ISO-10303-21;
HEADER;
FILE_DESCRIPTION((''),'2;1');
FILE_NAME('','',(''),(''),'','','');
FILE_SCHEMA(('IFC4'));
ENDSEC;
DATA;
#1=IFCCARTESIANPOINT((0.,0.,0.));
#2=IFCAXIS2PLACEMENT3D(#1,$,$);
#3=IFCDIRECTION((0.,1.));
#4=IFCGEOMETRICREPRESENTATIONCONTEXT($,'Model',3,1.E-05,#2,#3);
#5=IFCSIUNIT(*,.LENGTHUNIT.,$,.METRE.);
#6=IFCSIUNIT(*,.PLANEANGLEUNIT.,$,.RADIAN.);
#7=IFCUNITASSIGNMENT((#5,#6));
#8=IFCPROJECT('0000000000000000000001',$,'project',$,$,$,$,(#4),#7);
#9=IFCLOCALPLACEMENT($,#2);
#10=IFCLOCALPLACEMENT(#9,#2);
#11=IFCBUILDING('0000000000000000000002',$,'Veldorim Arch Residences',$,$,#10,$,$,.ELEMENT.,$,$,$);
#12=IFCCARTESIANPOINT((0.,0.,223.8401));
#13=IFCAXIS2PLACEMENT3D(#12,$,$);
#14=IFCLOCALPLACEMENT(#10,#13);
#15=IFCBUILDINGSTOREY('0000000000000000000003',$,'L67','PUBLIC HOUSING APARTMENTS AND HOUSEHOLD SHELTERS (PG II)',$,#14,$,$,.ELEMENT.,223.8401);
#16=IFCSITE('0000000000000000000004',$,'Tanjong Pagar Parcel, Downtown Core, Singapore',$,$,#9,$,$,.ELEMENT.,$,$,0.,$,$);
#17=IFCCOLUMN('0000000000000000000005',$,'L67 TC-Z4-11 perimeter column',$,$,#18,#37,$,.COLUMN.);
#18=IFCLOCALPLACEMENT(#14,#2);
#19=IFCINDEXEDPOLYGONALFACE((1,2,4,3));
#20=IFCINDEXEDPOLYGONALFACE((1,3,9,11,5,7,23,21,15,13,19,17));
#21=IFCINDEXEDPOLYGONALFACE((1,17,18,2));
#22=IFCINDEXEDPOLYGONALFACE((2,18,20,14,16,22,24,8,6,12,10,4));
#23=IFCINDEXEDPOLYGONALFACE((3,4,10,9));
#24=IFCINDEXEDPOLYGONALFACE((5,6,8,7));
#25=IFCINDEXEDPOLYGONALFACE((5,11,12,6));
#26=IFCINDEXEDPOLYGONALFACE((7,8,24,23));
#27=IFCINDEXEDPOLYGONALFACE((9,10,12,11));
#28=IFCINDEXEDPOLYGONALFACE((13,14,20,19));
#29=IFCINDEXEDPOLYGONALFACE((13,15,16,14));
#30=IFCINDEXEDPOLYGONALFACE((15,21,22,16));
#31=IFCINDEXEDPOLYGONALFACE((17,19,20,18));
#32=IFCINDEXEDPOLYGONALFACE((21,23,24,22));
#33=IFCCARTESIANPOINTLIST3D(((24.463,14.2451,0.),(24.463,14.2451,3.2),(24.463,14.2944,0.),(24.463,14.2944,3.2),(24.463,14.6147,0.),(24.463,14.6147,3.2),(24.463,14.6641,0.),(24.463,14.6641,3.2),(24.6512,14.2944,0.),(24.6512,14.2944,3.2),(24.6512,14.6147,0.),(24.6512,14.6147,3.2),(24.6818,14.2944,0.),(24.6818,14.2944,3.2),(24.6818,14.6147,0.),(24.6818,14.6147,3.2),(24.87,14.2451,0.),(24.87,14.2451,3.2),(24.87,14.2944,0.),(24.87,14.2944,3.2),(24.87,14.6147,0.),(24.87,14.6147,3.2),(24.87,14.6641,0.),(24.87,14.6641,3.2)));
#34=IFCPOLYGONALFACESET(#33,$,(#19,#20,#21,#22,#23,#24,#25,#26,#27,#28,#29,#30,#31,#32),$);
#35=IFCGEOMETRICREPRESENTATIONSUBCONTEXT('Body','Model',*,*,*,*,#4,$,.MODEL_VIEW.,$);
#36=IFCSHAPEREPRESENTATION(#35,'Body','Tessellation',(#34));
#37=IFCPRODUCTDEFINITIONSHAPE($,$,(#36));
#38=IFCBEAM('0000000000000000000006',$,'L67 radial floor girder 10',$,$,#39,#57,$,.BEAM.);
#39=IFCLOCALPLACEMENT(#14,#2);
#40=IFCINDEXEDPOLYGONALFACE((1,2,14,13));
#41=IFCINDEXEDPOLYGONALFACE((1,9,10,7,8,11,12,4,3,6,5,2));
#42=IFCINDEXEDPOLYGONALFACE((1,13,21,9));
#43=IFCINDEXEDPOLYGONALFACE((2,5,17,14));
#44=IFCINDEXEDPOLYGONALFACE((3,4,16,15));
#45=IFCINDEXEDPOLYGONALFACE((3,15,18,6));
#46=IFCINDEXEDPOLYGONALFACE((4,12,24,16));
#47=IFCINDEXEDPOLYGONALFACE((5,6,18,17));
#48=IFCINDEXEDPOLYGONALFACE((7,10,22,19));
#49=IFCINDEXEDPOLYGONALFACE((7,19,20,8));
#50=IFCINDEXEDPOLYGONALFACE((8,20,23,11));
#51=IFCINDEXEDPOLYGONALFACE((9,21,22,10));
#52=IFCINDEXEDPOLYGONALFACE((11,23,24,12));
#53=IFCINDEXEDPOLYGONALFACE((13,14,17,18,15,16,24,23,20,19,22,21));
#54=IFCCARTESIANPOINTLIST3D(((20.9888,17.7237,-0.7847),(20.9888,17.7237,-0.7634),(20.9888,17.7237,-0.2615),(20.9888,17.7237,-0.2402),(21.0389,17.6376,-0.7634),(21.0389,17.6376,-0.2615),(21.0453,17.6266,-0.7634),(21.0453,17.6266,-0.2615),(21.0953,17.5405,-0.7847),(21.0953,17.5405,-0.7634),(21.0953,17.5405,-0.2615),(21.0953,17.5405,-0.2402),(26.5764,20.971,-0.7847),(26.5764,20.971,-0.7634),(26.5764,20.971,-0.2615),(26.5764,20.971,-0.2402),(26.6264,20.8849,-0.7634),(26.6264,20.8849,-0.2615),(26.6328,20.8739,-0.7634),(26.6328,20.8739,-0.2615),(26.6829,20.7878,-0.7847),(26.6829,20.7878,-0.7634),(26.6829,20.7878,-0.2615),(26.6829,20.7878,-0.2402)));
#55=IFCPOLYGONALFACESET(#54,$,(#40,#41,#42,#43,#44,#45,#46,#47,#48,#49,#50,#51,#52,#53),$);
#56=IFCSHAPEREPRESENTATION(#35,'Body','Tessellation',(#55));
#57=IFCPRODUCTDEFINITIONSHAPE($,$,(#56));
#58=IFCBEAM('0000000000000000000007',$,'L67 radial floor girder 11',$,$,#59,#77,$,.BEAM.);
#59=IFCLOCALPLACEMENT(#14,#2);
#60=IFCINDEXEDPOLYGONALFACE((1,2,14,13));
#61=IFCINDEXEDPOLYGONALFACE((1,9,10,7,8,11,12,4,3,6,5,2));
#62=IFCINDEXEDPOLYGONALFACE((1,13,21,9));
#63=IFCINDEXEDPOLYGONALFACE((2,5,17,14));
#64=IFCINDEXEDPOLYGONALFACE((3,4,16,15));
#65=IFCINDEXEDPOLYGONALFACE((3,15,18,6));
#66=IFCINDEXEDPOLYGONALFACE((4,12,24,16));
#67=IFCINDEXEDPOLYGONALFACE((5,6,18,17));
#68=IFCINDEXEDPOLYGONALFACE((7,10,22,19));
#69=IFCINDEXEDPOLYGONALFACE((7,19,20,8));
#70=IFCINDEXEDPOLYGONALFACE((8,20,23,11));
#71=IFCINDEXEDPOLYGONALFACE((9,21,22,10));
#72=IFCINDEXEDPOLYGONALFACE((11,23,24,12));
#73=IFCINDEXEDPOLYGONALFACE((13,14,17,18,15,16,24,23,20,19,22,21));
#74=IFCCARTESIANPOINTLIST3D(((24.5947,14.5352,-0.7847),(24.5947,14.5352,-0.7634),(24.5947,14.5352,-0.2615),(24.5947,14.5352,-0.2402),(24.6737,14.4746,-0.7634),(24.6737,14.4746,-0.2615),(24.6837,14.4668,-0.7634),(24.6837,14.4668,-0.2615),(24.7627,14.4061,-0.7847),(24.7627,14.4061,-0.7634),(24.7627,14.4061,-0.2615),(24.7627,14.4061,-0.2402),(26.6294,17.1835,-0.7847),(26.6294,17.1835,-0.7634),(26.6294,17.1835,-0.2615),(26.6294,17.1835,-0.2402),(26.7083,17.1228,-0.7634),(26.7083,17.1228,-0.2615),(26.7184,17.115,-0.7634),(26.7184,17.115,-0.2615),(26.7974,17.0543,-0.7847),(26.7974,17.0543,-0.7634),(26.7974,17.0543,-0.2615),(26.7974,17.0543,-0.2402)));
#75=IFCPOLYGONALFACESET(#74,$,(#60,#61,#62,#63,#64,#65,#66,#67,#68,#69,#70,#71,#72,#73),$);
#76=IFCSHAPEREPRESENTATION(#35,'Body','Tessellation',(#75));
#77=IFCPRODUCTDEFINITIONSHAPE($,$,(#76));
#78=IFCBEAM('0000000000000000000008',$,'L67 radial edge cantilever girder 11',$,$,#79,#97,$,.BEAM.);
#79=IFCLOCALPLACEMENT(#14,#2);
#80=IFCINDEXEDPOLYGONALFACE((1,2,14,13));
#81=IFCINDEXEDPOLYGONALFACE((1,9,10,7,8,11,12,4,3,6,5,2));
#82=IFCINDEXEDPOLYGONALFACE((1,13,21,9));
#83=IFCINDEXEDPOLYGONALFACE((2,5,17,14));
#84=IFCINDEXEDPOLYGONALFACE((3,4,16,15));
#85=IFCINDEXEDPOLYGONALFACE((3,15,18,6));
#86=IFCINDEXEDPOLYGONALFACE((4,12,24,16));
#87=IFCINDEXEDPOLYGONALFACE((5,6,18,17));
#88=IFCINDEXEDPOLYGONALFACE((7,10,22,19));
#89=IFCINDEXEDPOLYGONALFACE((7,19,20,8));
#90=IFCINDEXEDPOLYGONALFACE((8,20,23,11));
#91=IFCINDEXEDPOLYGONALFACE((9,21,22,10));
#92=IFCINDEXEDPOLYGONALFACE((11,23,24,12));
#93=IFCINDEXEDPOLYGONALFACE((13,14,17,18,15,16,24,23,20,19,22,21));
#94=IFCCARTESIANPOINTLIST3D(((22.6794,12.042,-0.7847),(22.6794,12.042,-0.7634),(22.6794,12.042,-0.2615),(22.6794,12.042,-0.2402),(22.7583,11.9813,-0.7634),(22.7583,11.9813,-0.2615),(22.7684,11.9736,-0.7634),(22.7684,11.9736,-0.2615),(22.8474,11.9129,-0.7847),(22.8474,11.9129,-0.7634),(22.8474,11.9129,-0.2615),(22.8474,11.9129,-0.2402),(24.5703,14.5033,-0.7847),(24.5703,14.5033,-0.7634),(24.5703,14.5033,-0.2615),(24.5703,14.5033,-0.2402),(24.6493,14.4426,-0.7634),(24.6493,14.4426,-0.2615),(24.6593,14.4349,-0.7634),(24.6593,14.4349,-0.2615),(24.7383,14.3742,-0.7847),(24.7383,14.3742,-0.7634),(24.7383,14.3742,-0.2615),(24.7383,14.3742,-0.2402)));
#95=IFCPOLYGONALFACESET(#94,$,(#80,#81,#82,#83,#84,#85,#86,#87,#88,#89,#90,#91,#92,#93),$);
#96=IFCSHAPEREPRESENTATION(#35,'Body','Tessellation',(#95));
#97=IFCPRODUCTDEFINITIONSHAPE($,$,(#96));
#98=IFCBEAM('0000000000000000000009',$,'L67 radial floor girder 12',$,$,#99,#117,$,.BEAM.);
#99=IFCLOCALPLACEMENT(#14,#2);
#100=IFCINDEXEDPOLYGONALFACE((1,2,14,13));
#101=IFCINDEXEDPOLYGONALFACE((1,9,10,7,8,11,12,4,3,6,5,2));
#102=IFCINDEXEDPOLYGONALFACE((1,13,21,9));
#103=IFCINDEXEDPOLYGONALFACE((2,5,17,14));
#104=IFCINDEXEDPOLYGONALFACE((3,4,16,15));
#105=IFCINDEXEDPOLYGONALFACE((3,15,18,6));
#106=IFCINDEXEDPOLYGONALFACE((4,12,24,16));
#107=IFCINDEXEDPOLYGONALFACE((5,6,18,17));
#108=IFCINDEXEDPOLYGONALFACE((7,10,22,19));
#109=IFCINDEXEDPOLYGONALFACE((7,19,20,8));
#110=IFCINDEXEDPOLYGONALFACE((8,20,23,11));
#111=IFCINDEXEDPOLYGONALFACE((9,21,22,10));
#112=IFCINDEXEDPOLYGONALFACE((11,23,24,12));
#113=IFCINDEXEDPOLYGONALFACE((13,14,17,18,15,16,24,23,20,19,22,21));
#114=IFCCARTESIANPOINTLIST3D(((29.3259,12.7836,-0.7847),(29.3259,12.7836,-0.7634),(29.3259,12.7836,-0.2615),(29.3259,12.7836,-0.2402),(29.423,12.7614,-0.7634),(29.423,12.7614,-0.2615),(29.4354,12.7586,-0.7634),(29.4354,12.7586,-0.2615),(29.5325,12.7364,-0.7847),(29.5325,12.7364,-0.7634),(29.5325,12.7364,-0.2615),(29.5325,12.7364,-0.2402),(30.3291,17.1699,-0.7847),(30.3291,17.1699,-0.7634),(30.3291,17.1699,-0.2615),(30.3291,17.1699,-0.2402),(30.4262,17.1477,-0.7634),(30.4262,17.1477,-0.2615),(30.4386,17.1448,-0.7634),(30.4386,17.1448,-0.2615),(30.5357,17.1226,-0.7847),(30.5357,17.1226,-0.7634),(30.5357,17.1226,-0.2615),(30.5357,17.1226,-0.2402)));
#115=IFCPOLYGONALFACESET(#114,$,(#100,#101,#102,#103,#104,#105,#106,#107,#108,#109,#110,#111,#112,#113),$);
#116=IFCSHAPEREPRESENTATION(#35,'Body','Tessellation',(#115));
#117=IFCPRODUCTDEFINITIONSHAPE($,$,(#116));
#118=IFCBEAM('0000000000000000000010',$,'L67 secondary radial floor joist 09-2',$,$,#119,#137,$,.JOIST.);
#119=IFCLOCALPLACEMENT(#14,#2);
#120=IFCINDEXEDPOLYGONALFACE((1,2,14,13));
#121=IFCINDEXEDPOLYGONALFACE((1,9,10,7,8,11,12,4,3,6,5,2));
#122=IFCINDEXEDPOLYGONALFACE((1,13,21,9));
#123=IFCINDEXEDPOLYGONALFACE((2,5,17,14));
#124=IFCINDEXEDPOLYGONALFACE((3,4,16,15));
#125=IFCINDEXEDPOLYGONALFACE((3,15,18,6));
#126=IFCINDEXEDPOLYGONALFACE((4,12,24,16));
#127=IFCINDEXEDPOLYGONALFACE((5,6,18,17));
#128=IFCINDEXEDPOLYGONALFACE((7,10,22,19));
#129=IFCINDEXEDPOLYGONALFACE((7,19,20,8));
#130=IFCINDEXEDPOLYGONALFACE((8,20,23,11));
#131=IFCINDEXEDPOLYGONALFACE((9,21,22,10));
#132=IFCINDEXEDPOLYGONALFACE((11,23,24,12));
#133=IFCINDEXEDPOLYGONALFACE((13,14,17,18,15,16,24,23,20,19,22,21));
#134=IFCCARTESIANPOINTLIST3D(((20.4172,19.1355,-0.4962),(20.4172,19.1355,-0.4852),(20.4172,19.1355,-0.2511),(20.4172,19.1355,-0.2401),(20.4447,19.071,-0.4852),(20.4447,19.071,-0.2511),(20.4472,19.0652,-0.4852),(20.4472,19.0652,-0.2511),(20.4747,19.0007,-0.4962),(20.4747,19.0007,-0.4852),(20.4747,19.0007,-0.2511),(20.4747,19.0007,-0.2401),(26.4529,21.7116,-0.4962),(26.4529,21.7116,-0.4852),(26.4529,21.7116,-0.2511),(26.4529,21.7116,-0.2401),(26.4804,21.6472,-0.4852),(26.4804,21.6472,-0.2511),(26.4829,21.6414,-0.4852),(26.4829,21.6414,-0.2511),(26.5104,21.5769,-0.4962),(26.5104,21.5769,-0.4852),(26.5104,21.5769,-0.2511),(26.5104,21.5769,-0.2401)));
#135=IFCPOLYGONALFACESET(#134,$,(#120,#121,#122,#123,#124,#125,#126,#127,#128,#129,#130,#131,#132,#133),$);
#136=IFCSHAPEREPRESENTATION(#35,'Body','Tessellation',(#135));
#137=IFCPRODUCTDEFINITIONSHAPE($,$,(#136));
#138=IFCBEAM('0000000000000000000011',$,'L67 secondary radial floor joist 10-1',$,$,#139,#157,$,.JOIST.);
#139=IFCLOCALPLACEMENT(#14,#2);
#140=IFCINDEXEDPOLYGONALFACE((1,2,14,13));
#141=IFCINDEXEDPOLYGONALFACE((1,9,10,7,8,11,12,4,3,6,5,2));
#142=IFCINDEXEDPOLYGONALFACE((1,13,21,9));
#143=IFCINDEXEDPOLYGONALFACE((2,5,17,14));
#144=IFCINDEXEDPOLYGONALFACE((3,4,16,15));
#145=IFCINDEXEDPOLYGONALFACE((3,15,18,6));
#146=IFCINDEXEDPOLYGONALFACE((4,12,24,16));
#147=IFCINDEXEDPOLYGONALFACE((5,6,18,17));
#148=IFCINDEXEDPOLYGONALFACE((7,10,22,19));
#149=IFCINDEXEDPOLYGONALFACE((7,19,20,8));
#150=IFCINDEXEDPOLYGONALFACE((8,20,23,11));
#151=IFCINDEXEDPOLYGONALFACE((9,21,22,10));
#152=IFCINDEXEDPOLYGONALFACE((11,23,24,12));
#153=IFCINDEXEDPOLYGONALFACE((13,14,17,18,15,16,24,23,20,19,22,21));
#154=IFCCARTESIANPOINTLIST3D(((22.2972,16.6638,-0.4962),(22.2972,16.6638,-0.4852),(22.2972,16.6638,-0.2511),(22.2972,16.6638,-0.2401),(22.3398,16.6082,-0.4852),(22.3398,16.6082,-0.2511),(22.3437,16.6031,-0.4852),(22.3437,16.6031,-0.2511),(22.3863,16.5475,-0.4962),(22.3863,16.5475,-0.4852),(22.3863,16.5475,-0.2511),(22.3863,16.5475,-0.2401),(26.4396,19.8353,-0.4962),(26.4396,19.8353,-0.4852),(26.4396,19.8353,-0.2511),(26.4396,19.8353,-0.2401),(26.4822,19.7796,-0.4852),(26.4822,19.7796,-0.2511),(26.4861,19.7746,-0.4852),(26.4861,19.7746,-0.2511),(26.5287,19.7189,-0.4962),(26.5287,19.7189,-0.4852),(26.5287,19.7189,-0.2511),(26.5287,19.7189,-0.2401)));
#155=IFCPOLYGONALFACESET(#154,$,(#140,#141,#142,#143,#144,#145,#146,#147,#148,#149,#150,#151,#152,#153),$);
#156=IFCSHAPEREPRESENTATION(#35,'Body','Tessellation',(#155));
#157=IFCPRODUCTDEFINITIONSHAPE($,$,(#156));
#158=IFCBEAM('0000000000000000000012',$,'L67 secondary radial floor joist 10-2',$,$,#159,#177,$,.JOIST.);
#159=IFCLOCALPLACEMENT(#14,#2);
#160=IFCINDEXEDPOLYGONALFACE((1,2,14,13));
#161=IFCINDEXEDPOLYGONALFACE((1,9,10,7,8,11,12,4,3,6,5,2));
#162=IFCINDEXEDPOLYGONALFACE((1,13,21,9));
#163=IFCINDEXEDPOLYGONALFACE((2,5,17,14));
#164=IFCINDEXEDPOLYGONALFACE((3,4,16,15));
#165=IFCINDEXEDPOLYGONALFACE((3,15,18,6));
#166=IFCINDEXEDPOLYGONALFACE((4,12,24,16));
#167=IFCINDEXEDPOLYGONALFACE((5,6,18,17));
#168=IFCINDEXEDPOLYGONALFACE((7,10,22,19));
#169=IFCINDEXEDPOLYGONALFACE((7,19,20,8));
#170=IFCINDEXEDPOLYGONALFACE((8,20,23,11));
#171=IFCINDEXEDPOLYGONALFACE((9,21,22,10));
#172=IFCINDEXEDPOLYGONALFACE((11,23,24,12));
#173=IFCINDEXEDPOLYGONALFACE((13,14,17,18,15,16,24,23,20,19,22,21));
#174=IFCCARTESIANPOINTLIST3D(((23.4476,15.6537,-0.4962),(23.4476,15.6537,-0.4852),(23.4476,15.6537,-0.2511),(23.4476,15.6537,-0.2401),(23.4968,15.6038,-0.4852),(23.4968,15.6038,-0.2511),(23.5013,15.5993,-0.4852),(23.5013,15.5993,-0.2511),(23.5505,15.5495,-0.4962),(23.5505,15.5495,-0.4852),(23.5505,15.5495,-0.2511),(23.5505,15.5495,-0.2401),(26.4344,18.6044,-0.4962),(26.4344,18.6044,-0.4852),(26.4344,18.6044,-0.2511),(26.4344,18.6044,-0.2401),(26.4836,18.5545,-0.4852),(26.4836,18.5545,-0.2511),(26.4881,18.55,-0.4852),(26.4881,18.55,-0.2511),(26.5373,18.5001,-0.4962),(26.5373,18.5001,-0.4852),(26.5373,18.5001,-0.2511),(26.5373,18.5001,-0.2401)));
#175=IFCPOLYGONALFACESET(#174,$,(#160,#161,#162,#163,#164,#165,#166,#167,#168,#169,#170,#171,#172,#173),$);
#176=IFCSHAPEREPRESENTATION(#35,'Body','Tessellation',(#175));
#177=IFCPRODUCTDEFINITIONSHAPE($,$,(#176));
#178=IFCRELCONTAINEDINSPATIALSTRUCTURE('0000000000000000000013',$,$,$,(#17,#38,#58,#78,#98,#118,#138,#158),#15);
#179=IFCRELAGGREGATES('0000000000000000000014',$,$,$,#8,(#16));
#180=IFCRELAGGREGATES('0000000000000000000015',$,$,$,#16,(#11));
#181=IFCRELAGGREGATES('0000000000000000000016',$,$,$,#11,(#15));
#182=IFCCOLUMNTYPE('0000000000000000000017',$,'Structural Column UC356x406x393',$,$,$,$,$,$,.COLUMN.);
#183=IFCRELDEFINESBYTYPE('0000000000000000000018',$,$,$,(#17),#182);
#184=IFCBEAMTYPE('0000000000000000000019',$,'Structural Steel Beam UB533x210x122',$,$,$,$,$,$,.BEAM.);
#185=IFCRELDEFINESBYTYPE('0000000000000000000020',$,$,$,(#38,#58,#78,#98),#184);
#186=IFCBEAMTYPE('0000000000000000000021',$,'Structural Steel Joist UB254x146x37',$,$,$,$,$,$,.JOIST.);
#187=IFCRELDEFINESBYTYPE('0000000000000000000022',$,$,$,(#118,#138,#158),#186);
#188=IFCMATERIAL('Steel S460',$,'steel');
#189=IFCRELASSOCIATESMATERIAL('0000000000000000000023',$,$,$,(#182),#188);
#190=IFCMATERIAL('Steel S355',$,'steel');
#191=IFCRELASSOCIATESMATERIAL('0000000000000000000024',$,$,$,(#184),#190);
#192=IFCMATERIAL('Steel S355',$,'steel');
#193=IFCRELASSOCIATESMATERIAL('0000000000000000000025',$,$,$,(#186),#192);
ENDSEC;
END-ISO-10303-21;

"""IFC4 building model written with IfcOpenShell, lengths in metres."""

from ifc_helpers import new_model, si_unit, direction, frame, origin, origin_2d, place, context, subcontext, project, spatial, i_section, extrude, material, material_profile, profile_set, type_object, element, save


model = new_model("IFC4")

# Units and contexts
model_context = context("Model", 3, precision=1e-05, world=origin(), true_north=direction((0.0, 1.0)))
body_context = subcontext(model_context, "Body", "Model", "MODEL_VIEW")
ifc_project = project(units=[si_unit("LENGTHUNIT", "METRE"), si_unit("PLANEANGLEUNIT", "RADIAN")], contexts=[model_context])

# Site, building, storey
site_placement = place(None, origin())
site = spatial("IfcSite", under=ifc_project, at=site_placement, Name="Tanjong Pagar Parcel, Downtown Core, Singapore", CompositionType="ELEMENT", RefElevation=0.0)
building_placement = place(site_placement, origin())
building = spatial("IfcBuilding", under=site, at=building_placement, Name="Veldorim Arch Residences", CompositionType="ELEMENT")
storey_placement = place(building_placement, frame((0.0, 0.0, 223.8401)))
storey = spatial("IfcBuildingStorey", under=building, at=storey_placement, Name="L67", Description="PUBLIC HOUSING APARTMENTS AND HOUSEHOLD SHELTERS (PG II)", CompositionType="ELEMENT", Elevation=223.8401)

# Column
ifc_material_1 = material(Name="Steel S460", Category="steel")
ifc_material_profile_1 = material_profile(ifc_material_1, i_section(OverallWidth=0.407, OverallDepth=0.4189, WebThickness=0.0305, FlangeThickness=0.0493, at=origin_2d()), Name="UC356x406x393")
ifc_profile_set_1 = profile_set([ifc_material_profile_1], Name="Steel S460")
column_type = type_object("IfcColumnType", Name="Structural Column UC356x406x393", PredefinedType="COLUMN", material=ifc_profile_set_1)
column_placement = place(storey_placement, frame((24.6665, 14.4546, 0.0), z_axis=(0.0, 0.0, 1.0), x_axis=(1.0, 0.0, 0.0)))
element("IfcColumn", 1, at=column_placement, inside=storey, type_object=column_type, Name="L67 TC-Z4-11 perimeter column", PredefinedType="COLUMN", context=body_context, shape_type="SweptSolid", body=[
    extrude(i_section(OverallWidth=0.407, OverallDepth=0.4189, WebThickness=0.0305, FlangeThickness=0.0493, at=origin_2d()), origin(), (0.0, 0.0, 1.0), 3.2),
])

# Beams
ifc_material_2 = material(Name="Steel S355", Category="steel")
ifc_material_profile_2 = material_profile(ifc_material_2, i_section(OverallWidth=0.2119, OverallDepth=0.5444, WebThickness=0.0127, FlangeThickness=0.0212, at=origin_2d()), Name="UB533x210x122")
ifc_profile_set_2 = profile_set([ifc_material_profile_2], Name="Steel S355")
beam_type_1 = type_object("IfcBeamType", Name="Structural Steel Beam UB533x210x122", PredefinedType="BEAM", material=ifc_profile_set_2)
beam_1_placement = place(storey_placement, frame((26.6296, 20.8794, -0.5125), z_axis=(-0.864596, -0.502468, 0.0), x_axis=(0.502468, -0.864596, 0.0)))
element("IfcBeam", 2, at=beam_1_placement, inside=storey, type_object=beam_type_1, Name="L67 radial floor girder 10", PredefinedType="BEAM", context=body_context, shape_type="SweptSolid", body=[
    extrude(i_section(OverallWidth=0.2119, OverallDepth=0.5444, WebThickness=0.0127, FlangeThickness=0.0212, at=origin_2d()), origin(), (0.0, 0.0, 1.0), 6.4626),
])
beam_2_placement = place(storey_placement, frame((26.7134, 17.1189, -0.5125), z_axis=(-0.609258, -0.792972, 0.0), x_axis=(0.792972, -0.609258, 0.0)))
element("IfcBeam", 3, at=beam_2_placement, inside=storey, type_object=beam_type_1, Name="L67 radial floor girder 11", PredefinedType="BEAM", context=body_context, shape_type="SweptSolid", body=[
    extrude(i_section(OverallWidth=0.2119, OverallDepth=0.5444, WebThickness=0.0127, FlangeThickness=0.0212, at=origin_2d()), origin(), (0.0, 0.0, 1.0), 3.3396),
])
beam_3_placement = place(storey_placement, frame((24.6543, 14.4387, -0.5125), z_axis=(-0.609235, -0.792989, 0.0), x_axis=(0.792989, -0.609235, 0.0)))
element("IfcBeam", 4, at=beam_3_placement, inside=storey, type_object=beam_type_1, Name="L67 radial edge cantilever girder 11", PredefinedType="BEAM", context=body_context, shape_type="SweptSolid", body=[
    extrude(i_section(OverallWidth=0.2119, OverallDepth=0.5444, WebThickness=0.0127, FlangeThickness=0.0212, at=origin_2d()), origin(), (0.0, 0.0, 1.0), 3.1038),
])
beam_4_placement = place(storey_placement, frame((30.4324, 17.1462, -0.5125), z_axis=(-0.222953, -0.974829, 0.0), x_axis=(0.974829, -0.222953, 0.0)))
element("IfcBeam", 5, at=beam_4_placement, inside=storey, type_object=beam_type_1, Name="L67 radial floor girder 12", PredefinedType="BEAM", context=body_context, shape_type="SweptSolid", body=[
    extrude(i_section(OverallWidth=0.2119, OverallDepth=0.5444, WebThickness=0.0127, FlangeThickness=0.0212, at=origin_2d()), origin(), (0.0, 0.0, 1.0), 4.4995),
])
ifc_material_3 = material(Name="Steel S355", Category="steel")
ifc_material_profile_3 = material_profile(ifc_material_3, i_section(OverallWidth=0.1465, OverallDepth=0.2561, WebThickness=0.0063, FlangeThickness=0.011, at=origin_2d()), Name="UB254x146x37")
ifc_profile_set_3 = profile_set([ifc_material_profile_3], Name="Steel S355")
beam_type_2 = type_object("IfcBeamType", Name="Structural Steel Joist UB254x146x37", PredefinedType="JOIST", material=ifc_profile_set_3)
beam_5_placement = place(storey_placement, frame((26.4817, 21.6443, -0.3682), z_axis=(-0.919725, -0.392563, 0.0), x_axis=(0.392563, -0.919725, 0.0)))
element("IfcBeam", 6, at=beam_5_placement, inside=storey, type_object=beam_type_2, Name="L67 secondary radial floor joist 09-2", PredefinedType="JOIST", context=body_context, shape_type="SweptSolid", body=[
    extrude(i_section(OverallWidth=0.1465, OverallDepth=0.2561, WebThickness=0.0063, FlangeThickness=0.011, at=origin_2d()), origin(), (0.0, 0.0, 1.0), 6.5625),
])
beam_6_placement = place(storey_placement, frame((26.4841, 19.7771, -0.3682), z_axis=(-0.794014, -0.6079, 0.0), x_axis=(0.6079, -0.794014, 0.0)))
element("IfcBeam", 7, at=beam_6_placement, inside=storey, type_object=beam_type_2, Name="L67 secondary radial floor joist 10-1", PredefinedType="JOIST", context=body_context, shape_type="SweptSolid", body=[
    extrude(i_section(OverallWidth=0.1465, OverallDepth=0.2561, WebThickness=0.0063, FlangeThickness=0.011, at=origin_2d()), origin(), (0.0, 0.0, 1.0), 5.217),
])
beam_7_placement = place(storey_placement, frame((26.4858, 18.5522, -0.3682), z_axis=(-0.711397, -0.702791, 0.0), x_axis=(0.702791, -0.711397, 0.0)))
element("IfcBeam", 8, at=beam_7_placement, inside=storey, type_object=beam_type_2, Name="L67 secondary radial floor joist 10-2", PredefinedType="JOIST", context=body_context, shape_type="SweptSolid", body=[
    extrude(i_section(OverallWidth=0.1465, OverallDepth=0.2561, WebThickness=0.0063, FlangeThickness=0.011, at=origin_2d()), origin(), (0.0, 0.0, 1.0), 4.1985),
])

save(model, "model.ifc")
